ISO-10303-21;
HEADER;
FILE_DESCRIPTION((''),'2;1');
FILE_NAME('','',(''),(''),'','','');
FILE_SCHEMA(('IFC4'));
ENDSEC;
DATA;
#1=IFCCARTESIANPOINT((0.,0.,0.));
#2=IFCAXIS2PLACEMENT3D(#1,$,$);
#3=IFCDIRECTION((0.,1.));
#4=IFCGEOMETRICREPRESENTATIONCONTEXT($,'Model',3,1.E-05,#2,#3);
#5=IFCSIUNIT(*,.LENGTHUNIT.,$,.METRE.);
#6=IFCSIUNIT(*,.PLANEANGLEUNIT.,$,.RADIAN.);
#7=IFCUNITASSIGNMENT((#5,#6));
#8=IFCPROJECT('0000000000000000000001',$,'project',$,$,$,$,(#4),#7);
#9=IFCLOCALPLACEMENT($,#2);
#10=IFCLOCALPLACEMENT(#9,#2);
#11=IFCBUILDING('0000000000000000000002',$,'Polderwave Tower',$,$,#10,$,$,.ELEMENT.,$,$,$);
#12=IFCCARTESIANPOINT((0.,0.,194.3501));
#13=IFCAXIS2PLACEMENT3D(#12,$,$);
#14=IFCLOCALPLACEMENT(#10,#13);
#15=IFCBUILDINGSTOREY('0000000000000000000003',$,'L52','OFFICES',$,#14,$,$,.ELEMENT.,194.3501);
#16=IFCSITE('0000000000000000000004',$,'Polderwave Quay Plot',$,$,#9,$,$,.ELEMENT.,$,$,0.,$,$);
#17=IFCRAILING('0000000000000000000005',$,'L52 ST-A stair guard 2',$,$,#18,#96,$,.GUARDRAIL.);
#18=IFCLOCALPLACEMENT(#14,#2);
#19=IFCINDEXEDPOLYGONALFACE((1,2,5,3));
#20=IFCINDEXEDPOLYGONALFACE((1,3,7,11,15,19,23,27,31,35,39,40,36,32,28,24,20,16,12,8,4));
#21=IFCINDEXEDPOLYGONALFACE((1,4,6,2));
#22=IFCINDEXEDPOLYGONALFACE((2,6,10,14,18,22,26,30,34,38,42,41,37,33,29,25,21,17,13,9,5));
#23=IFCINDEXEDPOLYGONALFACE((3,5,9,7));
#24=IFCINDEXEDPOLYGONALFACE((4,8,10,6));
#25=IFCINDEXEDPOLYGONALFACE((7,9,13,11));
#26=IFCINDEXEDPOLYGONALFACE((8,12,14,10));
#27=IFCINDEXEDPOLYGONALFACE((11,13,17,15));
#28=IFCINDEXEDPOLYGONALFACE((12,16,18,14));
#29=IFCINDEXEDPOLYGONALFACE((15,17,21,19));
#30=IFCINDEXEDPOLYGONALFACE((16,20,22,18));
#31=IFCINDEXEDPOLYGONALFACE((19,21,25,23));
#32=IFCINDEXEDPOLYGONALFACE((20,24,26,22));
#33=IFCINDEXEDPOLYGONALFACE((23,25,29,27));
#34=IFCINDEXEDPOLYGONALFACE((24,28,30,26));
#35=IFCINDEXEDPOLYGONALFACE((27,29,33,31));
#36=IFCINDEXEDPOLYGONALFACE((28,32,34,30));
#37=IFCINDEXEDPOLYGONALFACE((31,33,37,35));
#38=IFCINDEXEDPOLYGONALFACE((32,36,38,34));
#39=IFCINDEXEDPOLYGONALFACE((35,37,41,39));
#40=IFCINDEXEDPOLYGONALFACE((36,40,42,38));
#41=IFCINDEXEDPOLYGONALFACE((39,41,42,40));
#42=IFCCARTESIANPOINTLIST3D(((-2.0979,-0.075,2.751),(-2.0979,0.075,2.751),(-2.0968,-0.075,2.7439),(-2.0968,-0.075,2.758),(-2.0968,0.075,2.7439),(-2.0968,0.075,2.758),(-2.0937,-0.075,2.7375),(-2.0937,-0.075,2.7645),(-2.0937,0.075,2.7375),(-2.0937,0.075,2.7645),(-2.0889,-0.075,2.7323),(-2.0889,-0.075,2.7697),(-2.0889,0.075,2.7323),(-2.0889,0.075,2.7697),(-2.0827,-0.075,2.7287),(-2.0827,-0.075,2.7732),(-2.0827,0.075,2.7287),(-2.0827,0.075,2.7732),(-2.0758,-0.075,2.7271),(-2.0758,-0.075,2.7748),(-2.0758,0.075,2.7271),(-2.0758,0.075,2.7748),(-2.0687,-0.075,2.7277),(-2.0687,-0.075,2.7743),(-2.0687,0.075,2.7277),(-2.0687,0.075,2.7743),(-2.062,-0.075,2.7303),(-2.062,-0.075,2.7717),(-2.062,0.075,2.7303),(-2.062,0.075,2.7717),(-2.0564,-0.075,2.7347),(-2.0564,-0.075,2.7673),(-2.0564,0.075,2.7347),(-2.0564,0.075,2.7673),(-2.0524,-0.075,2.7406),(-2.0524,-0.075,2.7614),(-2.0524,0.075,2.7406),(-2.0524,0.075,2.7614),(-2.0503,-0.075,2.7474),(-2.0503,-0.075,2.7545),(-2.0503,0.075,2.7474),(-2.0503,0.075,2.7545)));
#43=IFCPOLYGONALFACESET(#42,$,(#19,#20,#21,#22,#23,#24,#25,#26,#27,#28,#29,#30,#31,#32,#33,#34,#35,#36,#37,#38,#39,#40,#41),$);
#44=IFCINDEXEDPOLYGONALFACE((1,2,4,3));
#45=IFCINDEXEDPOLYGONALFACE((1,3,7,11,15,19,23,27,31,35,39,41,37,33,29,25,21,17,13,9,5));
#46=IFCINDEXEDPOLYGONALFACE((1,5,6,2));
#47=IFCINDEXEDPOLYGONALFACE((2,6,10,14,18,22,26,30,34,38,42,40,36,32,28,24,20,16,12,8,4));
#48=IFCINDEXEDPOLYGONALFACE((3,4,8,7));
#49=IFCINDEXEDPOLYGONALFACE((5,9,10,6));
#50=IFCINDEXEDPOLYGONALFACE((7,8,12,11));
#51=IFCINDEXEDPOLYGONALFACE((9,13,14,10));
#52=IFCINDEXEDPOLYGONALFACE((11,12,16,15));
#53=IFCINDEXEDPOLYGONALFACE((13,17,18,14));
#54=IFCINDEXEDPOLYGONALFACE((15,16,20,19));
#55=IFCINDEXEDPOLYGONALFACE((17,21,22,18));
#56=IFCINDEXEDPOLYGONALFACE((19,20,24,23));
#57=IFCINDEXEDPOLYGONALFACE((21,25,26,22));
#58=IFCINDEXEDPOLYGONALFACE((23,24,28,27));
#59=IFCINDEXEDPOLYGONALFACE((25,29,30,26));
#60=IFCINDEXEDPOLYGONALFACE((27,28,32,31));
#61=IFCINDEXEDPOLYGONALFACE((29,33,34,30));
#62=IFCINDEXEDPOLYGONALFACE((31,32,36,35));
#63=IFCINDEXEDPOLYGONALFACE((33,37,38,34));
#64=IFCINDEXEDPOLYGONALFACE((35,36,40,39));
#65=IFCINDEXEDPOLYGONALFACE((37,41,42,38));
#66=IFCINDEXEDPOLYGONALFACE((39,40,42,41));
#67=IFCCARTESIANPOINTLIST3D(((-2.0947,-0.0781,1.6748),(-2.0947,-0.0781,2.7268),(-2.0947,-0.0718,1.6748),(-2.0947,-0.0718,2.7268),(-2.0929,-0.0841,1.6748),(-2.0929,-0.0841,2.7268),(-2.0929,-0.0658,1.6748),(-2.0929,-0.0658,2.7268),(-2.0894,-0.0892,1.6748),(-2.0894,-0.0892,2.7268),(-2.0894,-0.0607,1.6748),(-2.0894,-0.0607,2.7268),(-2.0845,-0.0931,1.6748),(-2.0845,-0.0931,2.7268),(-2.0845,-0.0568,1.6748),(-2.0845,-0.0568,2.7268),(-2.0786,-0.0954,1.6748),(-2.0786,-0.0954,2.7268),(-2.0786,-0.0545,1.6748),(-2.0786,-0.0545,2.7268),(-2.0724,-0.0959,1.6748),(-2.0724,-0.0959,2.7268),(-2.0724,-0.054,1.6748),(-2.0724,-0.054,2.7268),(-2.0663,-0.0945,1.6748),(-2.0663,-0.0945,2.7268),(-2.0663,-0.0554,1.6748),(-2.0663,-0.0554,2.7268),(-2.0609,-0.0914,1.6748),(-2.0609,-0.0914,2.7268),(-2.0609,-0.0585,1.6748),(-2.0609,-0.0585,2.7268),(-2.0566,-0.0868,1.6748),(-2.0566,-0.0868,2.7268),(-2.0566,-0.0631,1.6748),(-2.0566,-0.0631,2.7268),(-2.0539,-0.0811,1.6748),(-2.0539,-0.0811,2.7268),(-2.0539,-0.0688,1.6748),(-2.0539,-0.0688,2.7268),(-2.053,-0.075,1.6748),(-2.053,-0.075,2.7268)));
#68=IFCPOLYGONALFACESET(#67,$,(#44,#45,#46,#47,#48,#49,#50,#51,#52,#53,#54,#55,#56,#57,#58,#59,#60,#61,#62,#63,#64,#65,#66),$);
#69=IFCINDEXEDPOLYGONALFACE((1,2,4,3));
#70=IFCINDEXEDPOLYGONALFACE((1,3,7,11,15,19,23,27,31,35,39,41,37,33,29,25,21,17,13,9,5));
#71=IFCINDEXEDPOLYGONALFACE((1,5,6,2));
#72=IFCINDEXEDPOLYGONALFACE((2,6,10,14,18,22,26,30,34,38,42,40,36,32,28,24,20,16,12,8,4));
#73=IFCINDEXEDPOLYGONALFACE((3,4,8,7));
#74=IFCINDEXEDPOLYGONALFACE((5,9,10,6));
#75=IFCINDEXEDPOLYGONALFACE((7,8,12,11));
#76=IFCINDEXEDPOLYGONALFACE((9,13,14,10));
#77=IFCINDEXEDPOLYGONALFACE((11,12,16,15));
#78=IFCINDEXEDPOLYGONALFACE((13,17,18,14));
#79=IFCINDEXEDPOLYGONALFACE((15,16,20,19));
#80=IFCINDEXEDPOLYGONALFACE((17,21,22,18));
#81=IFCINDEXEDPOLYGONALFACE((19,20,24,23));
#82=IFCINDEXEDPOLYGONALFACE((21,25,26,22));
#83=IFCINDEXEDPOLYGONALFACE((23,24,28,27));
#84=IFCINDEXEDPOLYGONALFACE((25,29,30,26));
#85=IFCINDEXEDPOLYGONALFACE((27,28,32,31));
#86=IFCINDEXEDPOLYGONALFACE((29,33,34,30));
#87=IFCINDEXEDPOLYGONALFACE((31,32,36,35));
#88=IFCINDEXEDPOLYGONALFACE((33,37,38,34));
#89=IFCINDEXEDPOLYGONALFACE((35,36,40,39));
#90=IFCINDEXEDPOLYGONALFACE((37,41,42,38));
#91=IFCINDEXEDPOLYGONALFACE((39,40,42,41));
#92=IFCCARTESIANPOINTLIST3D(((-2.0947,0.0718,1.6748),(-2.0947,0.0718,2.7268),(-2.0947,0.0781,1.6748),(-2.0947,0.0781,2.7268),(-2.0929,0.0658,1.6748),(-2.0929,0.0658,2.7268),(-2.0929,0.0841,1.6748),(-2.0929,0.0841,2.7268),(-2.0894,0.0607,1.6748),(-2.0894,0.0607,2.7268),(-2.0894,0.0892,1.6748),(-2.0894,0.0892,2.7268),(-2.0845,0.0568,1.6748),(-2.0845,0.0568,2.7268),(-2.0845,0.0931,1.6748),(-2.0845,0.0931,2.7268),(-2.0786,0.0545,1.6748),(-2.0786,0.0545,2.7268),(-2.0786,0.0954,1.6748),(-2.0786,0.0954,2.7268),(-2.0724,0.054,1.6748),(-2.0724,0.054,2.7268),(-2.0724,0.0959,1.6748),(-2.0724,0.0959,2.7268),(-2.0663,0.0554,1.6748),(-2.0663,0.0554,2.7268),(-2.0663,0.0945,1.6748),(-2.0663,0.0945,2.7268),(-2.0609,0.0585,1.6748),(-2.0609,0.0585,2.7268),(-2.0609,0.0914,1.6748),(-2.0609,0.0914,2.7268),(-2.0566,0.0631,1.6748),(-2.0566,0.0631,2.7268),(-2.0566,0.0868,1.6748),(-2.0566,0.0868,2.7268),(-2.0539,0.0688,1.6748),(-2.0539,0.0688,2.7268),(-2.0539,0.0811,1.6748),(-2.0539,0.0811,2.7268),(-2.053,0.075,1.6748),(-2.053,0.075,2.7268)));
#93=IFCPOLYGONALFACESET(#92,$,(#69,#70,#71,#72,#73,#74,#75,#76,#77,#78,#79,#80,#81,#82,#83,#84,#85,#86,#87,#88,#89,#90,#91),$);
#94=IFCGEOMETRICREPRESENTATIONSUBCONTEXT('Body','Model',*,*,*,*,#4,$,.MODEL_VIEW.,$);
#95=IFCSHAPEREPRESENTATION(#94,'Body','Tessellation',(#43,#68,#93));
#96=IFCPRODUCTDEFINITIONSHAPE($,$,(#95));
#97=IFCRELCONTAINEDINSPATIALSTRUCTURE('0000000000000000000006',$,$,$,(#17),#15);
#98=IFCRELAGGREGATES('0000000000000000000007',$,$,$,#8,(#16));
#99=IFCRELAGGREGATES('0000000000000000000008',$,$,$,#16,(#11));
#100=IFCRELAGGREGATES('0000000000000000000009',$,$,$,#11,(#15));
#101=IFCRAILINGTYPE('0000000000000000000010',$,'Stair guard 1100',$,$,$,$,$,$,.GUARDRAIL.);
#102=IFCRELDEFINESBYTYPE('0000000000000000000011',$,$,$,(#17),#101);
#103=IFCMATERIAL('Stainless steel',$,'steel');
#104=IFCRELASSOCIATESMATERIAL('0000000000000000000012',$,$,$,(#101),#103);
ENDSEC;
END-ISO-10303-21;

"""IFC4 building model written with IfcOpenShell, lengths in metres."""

from ifc_helpers import new_model, si_unit, direction, frame, origin, origin_2d, place, context, subcontext, project, spatial, circle, extrude, material, type_object, element, save


model = new_model("IFC4")

# Units and contexts
model_context = context("Model", 3, precision=1e-05, world=origin(), true_north=direction((0.0, 1.0)))
body_context = subcontext(model_context, "Body", "Model", "MODEL_VIEW")
ifc_project = project(units=[si_unit("LENGTHUNIT", "METRE"), si_unit("PLANEANGLEUNIT", "RADIAN")], contexts=[model_context])

# Site, building, storey
site_placement = place(None, origin())
site = spatial("IfcSite", under=ifc_project, at=site_placement, Name="Polderwave Quay Plot", CompositionType="ELEMENT", RefElevation=0.0)
building_placement = place(site_placement, origin())
building = spatial("IfcBuilding", under=site, at=building_placement, Name="Polderwave Tower", CompositionType="ELEMENT")
storey_placement = place(building_placement, frame((0.0, 0.0, 194.3501)))
storey = spatial("IfcBuildingStorey", under=building, at=storey_placement, Name="L52", Description="OFFICES", CompositionType="ELEMENT", Elevation=194.3501)

# Railing
ifc_material_1 = material(Name="Stainless steel", Category="steel")
railing_type_1 = type_object("IfcRailingType", Name="Stair guard 1100", PredefinedType="GUARDRAIL", material=ifc_material_1)
railing_1_placement = place(storey_placement, frame((-2.074, -0.075, 1.6748)))
element("IfcRailing", 1, at=railing_1_placement, inside=storey, type_object=railing_type_1, Name="L52 ST-A stair guard 2", PredefinedType="GUARDRAIL", context=body_context, shape_type="SweptSolid", body=[
    extrude(circle(Radius=0.0239, at=origin_2d()), frame((0.0, 0.0, 1.0762), z_axis=(0.0, 1.0, 0.0), x_axis=(-1.0, 0.0, 0.0)), (0.0, 0.0, 1.0), 0.1499),
    extrude(circle(Radius=0.021, at=origin_2d()), origin(), (0.0, 0.0, 1.0), 1.052),
    extrude(circle(Radius=0.021, at=origin_2d()), frame((0.0, 0.1499, 0.0)), (0.0, 0.0, 1.0), 1.052),
])

save(model, "model.ifc")
